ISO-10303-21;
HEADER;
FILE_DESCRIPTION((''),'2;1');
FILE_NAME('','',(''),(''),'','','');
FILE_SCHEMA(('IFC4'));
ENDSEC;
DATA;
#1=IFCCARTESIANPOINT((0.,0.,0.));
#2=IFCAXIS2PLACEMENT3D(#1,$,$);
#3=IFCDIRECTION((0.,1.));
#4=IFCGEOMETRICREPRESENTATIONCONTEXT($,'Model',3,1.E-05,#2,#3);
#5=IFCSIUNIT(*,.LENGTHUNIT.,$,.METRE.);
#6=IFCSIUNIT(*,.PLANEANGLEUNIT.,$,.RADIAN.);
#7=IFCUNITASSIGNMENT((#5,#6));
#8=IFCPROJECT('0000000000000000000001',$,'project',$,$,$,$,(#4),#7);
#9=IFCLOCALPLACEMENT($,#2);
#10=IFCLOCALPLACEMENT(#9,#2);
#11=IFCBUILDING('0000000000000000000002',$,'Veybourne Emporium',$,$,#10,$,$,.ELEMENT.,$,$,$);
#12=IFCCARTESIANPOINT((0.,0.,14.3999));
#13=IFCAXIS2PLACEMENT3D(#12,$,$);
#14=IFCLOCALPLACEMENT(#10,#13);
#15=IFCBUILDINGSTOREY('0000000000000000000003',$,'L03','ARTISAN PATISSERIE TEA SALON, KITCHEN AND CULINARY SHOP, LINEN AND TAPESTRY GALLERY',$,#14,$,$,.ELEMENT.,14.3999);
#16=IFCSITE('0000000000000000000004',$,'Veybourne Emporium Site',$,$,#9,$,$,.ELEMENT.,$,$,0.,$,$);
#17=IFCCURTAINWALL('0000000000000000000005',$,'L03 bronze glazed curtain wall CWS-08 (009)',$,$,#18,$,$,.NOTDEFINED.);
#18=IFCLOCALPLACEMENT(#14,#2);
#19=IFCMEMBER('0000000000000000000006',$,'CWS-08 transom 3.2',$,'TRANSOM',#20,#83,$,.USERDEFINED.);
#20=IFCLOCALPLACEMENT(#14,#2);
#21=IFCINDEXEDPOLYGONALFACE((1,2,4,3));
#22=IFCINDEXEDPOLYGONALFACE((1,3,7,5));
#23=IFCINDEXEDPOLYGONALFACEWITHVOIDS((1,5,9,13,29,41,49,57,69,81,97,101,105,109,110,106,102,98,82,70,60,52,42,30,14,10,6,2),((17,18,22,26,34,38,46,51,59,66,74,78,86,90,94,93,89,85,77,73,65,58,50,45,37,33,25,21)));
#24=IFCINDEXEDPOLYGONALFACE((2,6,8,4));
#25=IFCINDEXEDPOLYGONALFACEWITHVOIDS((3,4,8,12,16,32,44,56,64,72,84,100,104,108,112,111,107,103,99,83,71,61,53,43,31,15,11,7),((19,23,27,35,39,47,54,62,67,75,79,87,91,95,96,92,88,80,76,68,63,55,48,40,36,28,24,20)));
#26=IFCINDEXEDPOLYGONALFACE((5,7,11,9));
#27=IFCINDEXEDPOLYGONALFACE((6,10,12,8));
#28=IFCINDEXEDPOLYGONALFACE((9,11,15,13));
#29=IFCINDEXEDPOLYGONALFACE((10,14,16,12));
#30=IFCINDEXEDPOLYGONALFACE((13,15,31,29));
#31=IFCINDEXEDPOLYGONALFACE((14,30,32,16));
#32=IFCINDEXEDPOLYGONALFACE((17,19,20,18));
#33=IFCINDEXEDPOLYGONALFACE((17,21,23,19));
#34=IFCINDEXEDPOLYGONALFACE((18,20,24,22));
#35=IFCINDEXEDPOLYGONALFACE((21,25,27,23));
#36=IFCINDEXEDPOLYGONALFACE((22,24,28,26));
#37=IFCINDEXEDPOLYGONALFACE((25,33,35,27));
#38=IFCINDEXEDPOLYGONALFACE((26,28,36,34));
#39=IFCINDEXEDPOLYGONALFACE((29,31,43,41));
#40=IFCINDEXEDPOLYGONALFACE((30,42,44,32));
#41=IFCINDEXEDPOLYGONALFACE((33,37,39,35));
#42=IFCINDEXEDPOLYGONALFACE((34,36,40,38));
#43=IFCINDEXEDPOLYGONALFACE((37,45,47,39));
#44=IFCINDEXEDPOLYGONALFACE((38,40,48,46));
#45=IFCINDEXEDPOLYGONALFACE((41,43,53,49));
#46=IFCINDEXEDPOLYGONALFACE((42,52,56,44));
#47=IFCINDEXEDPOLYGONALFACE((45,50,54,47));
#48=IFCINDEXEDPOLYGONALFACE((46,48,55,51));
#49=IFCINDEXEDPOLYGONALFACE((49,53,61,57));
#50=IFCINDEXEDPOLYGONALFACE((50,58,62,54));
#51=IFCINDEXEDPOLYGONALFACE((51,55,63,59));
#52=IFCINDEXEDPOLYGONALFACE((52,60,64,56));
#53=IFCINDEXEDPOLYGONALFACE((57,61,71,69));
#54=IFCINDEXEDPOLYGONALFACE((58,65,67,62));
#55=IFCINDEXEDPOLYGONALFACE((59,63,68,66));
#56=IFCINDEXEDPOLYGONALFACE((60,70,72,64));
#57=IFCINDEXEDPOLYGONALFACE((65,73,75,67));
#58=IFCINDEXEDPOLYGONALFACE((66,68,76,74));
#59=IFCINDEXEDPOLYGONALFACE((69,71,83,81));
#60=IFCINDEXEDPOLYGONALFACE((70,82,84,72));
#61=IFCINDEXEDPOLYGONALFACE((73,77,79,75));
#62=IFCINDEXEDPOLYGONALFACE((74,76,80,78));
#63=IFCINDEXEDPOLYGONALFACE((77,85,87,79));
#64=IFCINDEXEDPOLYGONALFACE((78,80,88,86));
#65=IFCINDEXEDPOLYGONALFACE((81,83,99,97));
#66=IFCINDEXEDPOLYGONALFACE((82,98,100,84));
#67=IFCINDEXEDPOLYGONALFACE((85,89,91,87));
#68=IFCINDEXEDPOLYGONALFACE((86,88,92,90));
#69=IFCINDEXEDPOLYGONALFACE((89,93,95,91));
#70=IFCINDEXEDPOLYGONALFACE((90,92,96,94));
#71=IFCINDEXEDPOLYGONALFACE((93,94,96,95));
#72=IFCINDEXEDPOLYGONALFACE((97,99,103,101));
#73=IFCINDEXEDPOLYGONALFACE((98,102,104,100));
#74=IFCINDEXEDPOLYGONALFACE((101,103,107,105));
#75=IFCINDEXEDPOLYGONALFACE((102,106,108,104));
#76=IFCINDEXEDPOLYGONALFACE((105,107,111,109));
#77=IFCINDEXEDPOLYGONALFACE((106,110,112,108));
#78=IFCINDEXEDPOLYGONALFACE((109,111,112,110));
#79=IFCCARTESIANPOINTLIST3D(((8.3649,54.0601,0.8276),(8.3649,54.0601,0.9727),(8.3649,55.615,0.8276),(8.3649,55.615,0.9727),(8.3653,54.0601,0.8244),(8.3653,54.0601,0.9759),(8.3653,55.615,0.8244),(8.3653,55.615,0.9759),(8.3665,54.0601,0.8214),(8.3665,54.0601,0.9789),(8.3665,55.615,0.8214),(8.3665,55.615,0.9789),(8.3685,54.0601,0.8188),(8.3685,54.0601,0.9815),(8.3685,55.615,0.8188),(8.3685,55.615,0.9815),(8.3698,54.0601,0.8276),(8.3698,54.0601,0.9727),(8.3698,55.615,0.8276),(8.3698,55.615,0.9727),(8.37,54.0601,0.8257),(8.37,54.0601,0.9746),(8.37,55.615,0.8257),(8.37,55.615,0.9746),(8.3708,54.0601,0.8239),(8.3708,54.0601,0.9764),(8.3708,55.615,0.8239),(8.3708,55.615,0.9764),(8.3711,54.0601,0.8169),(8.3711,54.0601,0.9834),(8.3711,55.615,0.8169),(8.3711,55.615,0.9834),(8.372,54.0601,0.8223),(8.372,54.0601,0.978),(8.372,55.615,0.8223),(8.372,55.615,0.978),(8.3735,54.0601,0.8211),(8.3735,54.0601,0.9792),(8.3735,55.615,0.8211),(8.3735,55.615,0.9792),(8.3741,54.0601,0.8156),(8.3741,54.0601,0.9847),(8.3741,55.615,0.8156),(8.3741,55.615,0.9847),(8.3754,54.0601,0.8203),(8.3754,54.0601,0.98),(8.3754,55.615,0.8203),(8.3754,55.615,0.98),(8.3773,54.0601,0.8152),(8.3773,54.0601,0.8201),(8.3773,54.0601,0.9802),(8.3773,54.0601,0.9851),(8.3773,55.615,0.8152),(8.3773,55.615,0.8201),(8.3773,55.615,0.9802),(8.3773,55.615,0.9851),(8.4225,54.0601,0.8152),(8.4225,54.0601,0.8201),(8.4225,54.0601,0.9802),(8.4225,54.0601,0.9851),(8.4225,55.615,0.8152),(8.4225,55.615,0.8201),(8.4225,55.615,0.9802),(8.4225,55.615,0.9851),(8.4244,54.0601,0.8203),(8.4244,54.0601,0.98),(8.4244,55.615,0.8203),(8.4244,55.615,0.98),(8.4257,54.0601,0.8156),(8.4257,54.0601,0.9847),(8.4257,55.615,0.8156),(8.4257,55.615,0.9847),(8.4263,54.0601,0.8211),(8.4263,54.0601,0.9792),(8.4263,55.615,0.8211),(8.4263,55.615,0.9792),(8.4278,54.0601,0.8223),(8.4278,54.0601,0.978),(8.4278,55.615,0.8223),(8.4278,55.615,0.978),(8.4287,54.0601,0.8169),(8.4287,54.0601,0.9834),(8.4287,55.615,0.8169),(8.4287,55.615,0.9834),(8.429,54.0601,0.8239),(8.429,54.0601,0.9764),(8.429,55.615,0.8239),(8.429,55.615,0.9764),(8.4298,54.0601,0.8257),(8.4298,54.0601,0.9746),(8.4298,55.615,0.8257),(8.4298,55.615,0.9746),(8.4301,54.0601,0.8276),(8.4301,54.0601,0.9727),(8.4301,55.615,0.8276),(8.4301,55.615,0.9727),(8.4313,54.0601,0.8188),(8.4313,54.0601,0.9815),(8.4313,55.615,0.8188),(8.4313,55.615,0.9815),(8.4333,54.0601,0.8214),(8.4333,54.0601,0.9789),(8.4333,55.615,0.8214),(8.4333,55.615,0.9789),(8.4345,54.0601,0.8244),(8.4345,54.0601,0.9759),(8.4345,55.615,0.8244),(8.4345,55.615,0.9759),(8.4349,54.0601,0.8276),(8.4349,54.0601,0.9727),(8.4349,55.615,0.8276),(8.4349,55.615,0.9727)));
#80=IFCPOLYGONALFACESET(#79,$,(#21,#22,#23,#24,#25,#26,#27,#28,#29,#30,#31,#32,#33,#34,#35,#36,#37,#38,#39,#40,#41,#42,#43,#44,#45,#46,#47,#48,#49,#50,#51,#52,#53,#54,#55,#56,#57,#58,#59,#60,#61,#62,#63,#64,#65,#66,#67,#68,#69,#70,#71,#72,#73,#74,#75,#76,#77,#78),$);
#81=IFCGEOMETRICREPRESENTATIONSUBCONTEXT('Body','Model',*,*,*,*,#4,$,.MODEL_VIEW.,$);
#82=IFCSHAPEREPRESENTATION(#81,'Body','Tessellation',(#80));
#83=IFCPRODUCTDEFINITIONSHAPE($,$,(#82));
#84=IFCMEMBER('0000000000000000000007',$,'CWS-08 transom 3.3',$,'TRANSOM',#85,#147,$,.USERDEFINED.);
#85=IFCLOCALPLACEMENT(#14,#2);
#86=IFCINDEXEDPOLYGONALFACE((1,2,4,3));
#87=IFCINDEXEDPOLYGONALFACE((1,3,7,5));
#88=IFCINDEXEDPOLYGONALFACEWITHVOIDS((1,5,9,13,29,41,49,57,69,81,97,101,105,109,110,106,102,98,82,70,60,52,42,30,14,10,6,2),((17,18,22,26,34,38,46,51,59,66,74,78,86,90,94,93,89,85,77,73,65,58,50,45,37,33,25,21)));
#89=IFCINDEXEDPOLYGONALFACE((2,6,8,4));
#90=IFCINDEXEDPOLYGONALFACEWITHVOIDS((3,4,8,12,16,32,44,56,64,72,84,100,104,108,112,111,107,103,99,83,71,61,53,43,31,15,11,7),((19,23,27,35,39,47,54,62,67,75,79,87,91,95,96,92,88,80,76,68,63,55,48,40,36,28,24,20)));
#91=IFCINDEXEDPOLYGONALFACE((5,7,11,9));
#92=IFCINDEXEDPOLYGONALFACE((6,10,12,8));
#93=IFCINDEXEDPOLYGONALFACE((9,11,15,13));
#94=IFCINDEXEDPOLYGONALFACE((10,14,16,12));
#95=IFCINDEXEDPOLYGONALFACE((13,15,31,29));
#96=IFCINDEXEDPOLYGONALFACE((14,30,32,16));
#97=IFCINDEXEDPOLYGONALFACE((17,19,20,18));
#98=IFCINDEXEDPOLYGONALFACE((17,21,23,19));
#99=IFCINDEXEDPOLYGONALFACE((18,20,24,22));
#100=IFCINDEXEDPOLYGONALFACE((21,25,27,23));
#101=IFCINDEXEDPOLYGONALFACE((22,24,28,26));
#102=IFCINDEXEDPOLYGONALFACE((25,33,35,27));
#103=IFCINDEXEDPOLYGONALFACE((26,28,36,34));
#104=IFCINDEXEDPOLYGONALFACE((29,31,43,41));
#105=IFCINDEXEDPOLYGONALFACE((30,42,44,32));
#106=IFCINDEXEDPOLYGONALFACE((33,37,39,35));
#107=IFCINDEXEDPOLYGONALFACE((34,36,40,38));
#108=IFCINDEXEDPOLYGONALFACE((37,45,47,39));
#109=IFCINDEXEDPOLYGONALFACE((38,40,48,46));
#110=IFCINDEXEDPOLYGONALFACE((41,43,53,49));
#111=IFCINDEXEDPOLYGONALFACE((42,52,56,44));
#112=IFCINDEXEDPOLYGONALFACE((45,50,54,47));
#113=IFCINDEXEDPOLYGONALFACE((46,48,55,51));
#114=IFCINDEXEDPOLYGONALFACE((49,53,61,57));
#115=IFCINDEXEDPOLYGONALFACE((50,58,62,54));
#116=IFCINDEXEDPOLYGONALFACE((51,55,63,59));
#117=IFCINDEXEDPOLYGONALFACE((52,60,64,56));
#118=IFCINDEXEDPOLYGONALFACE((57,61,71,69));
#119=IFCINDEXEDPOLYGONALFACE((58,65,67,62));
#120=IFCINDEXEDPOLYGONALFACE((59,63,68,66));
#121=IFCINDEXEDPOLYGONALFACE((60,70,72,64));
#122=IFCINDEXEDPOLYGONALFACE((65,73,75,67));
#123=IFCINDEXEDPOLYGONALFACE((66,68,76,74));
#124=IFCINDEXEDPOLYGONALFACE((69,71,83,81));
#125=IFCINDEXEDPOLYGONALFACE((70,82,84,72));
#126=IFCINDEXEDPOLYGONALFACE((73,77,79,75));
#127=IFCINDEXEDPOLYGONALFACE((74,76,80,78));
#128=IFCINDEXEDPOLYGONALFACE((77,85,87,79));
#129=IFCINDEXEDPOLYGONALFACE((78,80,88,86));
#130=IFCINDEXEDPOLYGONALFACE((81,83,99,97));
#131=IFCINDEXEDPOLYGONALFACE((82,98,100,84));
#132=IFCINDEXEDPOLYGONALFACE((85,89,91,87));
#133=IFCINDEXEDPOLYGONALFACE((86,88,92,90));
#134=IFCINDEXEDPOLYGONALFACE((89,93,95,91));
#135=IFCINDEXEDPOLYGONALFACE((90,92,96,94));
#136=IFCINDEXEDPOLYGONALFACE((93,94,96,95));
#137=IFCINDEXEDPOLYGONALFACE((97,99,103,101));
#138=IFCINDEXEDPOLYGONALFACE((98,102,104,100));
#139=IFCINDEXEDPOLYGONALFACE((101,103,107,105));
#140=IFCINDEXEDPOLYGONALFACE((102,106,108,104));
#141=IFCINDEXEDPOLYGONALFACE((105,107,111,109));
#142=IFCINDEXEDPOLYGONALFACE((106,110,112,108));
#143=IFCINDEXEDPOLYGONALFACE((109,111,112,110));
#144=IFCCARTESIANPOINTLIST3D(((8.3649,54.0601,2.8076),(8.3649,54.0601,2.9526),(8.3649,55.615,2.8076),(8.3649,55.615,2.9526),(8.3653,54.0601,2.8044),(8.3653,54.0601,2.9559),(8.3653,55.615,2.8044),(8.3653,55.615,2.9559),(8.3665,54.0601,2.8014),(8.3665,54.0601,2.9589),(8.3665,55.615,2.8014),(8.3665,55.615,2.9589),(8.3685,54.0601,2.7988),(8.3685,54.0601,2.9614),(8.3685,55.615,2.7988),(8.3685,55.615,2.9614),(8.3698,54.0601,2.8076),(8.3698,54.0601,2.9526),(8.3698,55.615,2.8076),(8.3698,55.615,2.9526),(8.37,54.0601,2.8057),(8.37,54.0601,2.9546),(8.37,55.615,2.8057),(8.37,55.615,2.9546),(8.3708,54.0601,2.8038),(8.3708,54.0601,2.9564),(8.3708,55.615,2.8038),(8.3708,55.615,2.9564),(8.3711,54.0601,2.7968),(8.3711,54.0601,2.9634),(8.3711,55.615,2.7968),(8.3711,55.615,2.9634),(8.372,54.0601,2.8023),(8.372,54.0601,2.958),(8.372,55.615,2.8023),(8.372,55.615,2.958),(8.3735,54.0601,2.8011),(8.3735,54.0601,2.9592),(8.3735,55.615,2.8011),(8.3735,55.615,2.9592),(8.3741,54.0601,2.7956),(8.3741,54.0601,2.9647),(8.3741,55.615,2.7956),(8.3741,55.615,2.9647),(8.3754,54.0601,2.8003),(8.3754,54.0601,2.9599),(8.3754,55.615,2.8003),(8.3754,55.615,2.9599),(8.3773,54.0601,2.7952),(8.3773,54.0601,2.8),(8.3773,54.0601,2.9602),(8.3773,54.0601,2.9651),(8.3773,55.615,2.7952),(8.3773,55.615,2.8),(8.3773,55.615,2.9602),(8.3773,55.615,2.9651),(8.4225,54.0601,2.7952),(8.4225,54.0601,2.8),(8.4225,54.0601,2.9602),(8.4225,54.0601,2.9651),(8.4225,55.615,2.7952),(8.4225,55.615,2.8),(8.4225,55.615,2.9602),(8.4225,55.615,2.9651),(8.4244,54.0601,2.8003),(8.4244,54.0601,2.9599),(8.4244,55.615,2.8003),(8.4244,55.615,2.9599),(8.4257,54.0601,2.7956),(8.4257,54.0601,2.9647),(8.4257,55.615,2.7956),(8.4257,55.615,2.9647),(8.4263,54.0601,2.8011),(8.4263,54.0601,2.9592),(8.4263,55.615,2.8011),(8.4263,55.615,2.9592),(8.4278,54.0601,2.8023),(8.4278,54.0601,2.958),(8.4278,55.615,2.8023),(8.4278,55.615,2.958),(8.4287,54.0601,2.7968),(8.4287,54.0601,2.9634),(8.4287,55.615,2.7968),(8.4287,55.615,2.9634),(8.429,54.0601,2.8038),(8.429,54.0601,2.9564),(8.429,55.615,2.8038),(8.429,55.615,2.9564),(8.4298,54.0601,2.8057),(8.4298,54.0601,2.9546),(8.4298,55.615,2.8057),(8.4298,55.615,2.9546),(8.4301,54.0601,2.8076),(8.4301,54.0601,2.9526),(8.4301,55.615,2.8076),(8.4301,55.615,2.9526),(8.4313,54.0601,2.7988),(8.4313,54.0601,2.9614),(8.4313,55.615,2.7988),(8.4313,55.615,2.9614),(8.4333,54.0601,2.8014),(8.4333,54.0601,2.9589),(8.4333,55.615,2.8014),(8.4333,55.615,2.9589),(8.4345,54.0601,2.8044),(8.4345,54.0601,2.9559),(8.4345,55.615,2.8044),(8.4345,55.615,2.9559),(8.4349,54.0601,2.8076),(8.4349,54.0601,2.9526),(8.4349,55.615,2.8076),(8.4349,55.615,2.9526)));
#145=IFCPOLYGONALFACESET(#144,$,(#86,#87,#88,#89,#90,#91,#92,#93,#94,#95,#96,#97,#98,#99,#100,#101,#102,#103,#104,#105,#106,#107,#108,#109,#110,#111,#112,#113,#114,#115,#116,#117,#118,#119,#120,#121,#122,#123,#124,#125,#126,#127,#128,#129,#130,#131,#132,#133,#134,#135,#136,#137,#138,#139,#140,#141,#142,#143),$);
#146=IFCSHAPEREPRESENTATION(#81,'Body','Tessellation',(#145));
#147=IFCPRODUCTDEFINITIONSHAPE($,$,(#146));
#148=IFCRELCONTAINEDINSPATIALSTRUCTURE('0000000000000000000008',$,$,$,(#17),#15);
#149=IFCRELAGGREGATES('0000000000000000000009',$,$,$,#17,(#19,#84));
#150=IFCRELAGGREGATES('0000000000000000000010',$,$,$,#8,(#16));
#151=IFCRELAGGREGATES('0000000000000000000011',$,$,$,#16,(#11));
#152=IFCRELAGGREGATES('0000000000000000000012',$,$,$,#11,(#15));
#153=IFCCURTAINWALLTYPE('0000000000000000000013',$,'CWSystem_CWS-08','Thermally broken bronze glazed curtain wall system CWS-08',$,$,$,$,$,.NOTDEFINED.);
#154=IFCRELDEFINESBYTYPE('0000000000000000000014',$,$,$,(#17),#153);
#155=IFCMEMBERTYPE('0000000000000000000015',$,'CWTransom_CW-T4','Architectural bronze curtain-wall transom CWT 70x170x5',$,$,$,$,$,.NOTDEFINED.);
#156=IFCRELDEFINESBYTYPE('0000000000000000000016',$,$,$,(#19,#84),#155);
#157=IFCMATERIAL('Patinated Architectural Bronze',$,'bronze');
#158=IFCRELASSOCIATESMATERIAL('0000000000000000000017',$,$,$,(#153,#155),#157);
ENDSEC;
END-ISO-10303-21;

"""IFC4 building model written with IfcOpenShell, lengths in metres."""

from ifc_helpers import new_model, si_unit, direction, frame, origin, origin_2d, place, context, subcontext, project, spatial, hollow_rectangle, extrude, material, material_profile, profile_set, type_object, element, aggregate, save


model = new_model("IFC4")

# Units and contexts
model_context = context("Model", 3, precision=1e-05, world=origin(), true_north=direction((0.0, 1.0)))
body_context = subcontext(model_context, "Body", "Model", "MODEL_VIEW")
ifc_project = project(units=[si_unit("LENGTHUNIT", "METRE"), si_unit("PLANEANGLEUNIT", "RADIAN")], contexts=[model_context])

# Site, building, storey
site_placement = place(None, origin())
site = spatial("IfcSite", under=ifc_project, at=site_placement, Name="Veybourne Emporium Site", CompositionType="ELEMENT", RefElevation=0.0)
building_placement = place(site_placement, origin())
building = spatial("IfcBuilding", under=site, at=building_placement, Name="Veybourne Emporium", CompositionType="ELEMENT")
storey_placement = place(building_placement, frame((0.0, 0.0, 14.3999)))
storey = spatial("IfcBuildingStorey", under=building, at=storey_placement, Name="L03", Description="ARTISAN PATISSERIE TEA SALON, KITCHEN AND CULINARY SHOP, LINEN AND TAPESTRY GALLERY", CompositionType="ELEMENT", Elevation=14.3999)

# Curtain wall, members
ifc_material_1 = material(Name="Patinated Architectural Bronze", Category="bronze")
curtain_wall_type = type_object("IfcCurtainWallType", Name="CWSystem_CWS-08", Description="Thermally broken bronze glazed curtain wall system CWS-08", PredefinedType="NOTDEFINED", material=ifc_material_1)
curtain_wall_placement = place(storey_placement, origin())
curtain_wall = element("IfcCurtainWall", 1, at=curtain_wall_placement, inside=storey, type_object=curtain_wall_type, Name="L03 bronze glazed curtain wall CWS-08 (009)", PredefinedType="NOTDEFINED")
ifc_material_profile_1 = material_profile(ifc_material_1, hollow_rectangle(XDim=0.0701, YDim=0.1699, WallThickness=0.0049, InnerFilletRadius=0.0076, OuterFilletRadius=0.0125, at=origin_2d()), Name="CWT 70x170x5")
ifc_profile_set_1 = profile_set([ifc_material_profile_1], Name="Patinated Architectural Bronze")
member_type_1 = type_object("IfcMemberType", Name="CWTransom_CW-T4", Description="Architectural bronze curtain-wall transom CWT 70x170x5", PredefinedType="NOTDEFINED", material=ifc_profile_set_1)
member_1_placement = place(storey_placement, frame((8.3999, 54.0601, 0.9001), z_axis=(0.0, 1.0, 0.0), x_axis=(-1.0, 0.0, 0.0)))
member_1 = element("IfcMember", 2, at=member_1_placement, type_object=member_type_1, Name="CWS-08 transom 3.2", ObjectType="TRANSOM", PredefinedType="USERDEFINED", context=body_context, shape_type="SweptSolid", body=[
    extrude(hollow_rectangle(XDim=0.0701, YDim=0.1699, WallThickness=0.0049, InnerFilletRadius=0.0076, OuterFilletRadius=0.0125, at=origin_2d()), origin(), (0.0, 0.0, 1.0), 1.5549),
])
member_2_placement = place(storey_placement, frame((8.3999, 54.0601, 2.8801), z_axis=(0.0, 1.0, 0.0), x_axis=(-1.0, 0.0, 0.0)))
member_2 = element("IfcMember", 3, at=member_2_placement, type_object=member_type_1, Name="CWS-08 transom 3.3", ObjectType="TRANSOM", PredefinedType="USERDEFINED", context=body_context, shape_type="SweptSolid", body=[
    extrude(hollow_rectangle(XDim=0.0701, YDim=0.1699, WallThickness=0.0049, InnerFilletRadius=0.0076, OuterFilletRadius=0.0125, at=origin_2d()), origin(), (0.0, 0.0, 1.0), 1.5549),
])

aggregate(curtain_wall, [member_1, member_2])

save(model, "model.ifc")
